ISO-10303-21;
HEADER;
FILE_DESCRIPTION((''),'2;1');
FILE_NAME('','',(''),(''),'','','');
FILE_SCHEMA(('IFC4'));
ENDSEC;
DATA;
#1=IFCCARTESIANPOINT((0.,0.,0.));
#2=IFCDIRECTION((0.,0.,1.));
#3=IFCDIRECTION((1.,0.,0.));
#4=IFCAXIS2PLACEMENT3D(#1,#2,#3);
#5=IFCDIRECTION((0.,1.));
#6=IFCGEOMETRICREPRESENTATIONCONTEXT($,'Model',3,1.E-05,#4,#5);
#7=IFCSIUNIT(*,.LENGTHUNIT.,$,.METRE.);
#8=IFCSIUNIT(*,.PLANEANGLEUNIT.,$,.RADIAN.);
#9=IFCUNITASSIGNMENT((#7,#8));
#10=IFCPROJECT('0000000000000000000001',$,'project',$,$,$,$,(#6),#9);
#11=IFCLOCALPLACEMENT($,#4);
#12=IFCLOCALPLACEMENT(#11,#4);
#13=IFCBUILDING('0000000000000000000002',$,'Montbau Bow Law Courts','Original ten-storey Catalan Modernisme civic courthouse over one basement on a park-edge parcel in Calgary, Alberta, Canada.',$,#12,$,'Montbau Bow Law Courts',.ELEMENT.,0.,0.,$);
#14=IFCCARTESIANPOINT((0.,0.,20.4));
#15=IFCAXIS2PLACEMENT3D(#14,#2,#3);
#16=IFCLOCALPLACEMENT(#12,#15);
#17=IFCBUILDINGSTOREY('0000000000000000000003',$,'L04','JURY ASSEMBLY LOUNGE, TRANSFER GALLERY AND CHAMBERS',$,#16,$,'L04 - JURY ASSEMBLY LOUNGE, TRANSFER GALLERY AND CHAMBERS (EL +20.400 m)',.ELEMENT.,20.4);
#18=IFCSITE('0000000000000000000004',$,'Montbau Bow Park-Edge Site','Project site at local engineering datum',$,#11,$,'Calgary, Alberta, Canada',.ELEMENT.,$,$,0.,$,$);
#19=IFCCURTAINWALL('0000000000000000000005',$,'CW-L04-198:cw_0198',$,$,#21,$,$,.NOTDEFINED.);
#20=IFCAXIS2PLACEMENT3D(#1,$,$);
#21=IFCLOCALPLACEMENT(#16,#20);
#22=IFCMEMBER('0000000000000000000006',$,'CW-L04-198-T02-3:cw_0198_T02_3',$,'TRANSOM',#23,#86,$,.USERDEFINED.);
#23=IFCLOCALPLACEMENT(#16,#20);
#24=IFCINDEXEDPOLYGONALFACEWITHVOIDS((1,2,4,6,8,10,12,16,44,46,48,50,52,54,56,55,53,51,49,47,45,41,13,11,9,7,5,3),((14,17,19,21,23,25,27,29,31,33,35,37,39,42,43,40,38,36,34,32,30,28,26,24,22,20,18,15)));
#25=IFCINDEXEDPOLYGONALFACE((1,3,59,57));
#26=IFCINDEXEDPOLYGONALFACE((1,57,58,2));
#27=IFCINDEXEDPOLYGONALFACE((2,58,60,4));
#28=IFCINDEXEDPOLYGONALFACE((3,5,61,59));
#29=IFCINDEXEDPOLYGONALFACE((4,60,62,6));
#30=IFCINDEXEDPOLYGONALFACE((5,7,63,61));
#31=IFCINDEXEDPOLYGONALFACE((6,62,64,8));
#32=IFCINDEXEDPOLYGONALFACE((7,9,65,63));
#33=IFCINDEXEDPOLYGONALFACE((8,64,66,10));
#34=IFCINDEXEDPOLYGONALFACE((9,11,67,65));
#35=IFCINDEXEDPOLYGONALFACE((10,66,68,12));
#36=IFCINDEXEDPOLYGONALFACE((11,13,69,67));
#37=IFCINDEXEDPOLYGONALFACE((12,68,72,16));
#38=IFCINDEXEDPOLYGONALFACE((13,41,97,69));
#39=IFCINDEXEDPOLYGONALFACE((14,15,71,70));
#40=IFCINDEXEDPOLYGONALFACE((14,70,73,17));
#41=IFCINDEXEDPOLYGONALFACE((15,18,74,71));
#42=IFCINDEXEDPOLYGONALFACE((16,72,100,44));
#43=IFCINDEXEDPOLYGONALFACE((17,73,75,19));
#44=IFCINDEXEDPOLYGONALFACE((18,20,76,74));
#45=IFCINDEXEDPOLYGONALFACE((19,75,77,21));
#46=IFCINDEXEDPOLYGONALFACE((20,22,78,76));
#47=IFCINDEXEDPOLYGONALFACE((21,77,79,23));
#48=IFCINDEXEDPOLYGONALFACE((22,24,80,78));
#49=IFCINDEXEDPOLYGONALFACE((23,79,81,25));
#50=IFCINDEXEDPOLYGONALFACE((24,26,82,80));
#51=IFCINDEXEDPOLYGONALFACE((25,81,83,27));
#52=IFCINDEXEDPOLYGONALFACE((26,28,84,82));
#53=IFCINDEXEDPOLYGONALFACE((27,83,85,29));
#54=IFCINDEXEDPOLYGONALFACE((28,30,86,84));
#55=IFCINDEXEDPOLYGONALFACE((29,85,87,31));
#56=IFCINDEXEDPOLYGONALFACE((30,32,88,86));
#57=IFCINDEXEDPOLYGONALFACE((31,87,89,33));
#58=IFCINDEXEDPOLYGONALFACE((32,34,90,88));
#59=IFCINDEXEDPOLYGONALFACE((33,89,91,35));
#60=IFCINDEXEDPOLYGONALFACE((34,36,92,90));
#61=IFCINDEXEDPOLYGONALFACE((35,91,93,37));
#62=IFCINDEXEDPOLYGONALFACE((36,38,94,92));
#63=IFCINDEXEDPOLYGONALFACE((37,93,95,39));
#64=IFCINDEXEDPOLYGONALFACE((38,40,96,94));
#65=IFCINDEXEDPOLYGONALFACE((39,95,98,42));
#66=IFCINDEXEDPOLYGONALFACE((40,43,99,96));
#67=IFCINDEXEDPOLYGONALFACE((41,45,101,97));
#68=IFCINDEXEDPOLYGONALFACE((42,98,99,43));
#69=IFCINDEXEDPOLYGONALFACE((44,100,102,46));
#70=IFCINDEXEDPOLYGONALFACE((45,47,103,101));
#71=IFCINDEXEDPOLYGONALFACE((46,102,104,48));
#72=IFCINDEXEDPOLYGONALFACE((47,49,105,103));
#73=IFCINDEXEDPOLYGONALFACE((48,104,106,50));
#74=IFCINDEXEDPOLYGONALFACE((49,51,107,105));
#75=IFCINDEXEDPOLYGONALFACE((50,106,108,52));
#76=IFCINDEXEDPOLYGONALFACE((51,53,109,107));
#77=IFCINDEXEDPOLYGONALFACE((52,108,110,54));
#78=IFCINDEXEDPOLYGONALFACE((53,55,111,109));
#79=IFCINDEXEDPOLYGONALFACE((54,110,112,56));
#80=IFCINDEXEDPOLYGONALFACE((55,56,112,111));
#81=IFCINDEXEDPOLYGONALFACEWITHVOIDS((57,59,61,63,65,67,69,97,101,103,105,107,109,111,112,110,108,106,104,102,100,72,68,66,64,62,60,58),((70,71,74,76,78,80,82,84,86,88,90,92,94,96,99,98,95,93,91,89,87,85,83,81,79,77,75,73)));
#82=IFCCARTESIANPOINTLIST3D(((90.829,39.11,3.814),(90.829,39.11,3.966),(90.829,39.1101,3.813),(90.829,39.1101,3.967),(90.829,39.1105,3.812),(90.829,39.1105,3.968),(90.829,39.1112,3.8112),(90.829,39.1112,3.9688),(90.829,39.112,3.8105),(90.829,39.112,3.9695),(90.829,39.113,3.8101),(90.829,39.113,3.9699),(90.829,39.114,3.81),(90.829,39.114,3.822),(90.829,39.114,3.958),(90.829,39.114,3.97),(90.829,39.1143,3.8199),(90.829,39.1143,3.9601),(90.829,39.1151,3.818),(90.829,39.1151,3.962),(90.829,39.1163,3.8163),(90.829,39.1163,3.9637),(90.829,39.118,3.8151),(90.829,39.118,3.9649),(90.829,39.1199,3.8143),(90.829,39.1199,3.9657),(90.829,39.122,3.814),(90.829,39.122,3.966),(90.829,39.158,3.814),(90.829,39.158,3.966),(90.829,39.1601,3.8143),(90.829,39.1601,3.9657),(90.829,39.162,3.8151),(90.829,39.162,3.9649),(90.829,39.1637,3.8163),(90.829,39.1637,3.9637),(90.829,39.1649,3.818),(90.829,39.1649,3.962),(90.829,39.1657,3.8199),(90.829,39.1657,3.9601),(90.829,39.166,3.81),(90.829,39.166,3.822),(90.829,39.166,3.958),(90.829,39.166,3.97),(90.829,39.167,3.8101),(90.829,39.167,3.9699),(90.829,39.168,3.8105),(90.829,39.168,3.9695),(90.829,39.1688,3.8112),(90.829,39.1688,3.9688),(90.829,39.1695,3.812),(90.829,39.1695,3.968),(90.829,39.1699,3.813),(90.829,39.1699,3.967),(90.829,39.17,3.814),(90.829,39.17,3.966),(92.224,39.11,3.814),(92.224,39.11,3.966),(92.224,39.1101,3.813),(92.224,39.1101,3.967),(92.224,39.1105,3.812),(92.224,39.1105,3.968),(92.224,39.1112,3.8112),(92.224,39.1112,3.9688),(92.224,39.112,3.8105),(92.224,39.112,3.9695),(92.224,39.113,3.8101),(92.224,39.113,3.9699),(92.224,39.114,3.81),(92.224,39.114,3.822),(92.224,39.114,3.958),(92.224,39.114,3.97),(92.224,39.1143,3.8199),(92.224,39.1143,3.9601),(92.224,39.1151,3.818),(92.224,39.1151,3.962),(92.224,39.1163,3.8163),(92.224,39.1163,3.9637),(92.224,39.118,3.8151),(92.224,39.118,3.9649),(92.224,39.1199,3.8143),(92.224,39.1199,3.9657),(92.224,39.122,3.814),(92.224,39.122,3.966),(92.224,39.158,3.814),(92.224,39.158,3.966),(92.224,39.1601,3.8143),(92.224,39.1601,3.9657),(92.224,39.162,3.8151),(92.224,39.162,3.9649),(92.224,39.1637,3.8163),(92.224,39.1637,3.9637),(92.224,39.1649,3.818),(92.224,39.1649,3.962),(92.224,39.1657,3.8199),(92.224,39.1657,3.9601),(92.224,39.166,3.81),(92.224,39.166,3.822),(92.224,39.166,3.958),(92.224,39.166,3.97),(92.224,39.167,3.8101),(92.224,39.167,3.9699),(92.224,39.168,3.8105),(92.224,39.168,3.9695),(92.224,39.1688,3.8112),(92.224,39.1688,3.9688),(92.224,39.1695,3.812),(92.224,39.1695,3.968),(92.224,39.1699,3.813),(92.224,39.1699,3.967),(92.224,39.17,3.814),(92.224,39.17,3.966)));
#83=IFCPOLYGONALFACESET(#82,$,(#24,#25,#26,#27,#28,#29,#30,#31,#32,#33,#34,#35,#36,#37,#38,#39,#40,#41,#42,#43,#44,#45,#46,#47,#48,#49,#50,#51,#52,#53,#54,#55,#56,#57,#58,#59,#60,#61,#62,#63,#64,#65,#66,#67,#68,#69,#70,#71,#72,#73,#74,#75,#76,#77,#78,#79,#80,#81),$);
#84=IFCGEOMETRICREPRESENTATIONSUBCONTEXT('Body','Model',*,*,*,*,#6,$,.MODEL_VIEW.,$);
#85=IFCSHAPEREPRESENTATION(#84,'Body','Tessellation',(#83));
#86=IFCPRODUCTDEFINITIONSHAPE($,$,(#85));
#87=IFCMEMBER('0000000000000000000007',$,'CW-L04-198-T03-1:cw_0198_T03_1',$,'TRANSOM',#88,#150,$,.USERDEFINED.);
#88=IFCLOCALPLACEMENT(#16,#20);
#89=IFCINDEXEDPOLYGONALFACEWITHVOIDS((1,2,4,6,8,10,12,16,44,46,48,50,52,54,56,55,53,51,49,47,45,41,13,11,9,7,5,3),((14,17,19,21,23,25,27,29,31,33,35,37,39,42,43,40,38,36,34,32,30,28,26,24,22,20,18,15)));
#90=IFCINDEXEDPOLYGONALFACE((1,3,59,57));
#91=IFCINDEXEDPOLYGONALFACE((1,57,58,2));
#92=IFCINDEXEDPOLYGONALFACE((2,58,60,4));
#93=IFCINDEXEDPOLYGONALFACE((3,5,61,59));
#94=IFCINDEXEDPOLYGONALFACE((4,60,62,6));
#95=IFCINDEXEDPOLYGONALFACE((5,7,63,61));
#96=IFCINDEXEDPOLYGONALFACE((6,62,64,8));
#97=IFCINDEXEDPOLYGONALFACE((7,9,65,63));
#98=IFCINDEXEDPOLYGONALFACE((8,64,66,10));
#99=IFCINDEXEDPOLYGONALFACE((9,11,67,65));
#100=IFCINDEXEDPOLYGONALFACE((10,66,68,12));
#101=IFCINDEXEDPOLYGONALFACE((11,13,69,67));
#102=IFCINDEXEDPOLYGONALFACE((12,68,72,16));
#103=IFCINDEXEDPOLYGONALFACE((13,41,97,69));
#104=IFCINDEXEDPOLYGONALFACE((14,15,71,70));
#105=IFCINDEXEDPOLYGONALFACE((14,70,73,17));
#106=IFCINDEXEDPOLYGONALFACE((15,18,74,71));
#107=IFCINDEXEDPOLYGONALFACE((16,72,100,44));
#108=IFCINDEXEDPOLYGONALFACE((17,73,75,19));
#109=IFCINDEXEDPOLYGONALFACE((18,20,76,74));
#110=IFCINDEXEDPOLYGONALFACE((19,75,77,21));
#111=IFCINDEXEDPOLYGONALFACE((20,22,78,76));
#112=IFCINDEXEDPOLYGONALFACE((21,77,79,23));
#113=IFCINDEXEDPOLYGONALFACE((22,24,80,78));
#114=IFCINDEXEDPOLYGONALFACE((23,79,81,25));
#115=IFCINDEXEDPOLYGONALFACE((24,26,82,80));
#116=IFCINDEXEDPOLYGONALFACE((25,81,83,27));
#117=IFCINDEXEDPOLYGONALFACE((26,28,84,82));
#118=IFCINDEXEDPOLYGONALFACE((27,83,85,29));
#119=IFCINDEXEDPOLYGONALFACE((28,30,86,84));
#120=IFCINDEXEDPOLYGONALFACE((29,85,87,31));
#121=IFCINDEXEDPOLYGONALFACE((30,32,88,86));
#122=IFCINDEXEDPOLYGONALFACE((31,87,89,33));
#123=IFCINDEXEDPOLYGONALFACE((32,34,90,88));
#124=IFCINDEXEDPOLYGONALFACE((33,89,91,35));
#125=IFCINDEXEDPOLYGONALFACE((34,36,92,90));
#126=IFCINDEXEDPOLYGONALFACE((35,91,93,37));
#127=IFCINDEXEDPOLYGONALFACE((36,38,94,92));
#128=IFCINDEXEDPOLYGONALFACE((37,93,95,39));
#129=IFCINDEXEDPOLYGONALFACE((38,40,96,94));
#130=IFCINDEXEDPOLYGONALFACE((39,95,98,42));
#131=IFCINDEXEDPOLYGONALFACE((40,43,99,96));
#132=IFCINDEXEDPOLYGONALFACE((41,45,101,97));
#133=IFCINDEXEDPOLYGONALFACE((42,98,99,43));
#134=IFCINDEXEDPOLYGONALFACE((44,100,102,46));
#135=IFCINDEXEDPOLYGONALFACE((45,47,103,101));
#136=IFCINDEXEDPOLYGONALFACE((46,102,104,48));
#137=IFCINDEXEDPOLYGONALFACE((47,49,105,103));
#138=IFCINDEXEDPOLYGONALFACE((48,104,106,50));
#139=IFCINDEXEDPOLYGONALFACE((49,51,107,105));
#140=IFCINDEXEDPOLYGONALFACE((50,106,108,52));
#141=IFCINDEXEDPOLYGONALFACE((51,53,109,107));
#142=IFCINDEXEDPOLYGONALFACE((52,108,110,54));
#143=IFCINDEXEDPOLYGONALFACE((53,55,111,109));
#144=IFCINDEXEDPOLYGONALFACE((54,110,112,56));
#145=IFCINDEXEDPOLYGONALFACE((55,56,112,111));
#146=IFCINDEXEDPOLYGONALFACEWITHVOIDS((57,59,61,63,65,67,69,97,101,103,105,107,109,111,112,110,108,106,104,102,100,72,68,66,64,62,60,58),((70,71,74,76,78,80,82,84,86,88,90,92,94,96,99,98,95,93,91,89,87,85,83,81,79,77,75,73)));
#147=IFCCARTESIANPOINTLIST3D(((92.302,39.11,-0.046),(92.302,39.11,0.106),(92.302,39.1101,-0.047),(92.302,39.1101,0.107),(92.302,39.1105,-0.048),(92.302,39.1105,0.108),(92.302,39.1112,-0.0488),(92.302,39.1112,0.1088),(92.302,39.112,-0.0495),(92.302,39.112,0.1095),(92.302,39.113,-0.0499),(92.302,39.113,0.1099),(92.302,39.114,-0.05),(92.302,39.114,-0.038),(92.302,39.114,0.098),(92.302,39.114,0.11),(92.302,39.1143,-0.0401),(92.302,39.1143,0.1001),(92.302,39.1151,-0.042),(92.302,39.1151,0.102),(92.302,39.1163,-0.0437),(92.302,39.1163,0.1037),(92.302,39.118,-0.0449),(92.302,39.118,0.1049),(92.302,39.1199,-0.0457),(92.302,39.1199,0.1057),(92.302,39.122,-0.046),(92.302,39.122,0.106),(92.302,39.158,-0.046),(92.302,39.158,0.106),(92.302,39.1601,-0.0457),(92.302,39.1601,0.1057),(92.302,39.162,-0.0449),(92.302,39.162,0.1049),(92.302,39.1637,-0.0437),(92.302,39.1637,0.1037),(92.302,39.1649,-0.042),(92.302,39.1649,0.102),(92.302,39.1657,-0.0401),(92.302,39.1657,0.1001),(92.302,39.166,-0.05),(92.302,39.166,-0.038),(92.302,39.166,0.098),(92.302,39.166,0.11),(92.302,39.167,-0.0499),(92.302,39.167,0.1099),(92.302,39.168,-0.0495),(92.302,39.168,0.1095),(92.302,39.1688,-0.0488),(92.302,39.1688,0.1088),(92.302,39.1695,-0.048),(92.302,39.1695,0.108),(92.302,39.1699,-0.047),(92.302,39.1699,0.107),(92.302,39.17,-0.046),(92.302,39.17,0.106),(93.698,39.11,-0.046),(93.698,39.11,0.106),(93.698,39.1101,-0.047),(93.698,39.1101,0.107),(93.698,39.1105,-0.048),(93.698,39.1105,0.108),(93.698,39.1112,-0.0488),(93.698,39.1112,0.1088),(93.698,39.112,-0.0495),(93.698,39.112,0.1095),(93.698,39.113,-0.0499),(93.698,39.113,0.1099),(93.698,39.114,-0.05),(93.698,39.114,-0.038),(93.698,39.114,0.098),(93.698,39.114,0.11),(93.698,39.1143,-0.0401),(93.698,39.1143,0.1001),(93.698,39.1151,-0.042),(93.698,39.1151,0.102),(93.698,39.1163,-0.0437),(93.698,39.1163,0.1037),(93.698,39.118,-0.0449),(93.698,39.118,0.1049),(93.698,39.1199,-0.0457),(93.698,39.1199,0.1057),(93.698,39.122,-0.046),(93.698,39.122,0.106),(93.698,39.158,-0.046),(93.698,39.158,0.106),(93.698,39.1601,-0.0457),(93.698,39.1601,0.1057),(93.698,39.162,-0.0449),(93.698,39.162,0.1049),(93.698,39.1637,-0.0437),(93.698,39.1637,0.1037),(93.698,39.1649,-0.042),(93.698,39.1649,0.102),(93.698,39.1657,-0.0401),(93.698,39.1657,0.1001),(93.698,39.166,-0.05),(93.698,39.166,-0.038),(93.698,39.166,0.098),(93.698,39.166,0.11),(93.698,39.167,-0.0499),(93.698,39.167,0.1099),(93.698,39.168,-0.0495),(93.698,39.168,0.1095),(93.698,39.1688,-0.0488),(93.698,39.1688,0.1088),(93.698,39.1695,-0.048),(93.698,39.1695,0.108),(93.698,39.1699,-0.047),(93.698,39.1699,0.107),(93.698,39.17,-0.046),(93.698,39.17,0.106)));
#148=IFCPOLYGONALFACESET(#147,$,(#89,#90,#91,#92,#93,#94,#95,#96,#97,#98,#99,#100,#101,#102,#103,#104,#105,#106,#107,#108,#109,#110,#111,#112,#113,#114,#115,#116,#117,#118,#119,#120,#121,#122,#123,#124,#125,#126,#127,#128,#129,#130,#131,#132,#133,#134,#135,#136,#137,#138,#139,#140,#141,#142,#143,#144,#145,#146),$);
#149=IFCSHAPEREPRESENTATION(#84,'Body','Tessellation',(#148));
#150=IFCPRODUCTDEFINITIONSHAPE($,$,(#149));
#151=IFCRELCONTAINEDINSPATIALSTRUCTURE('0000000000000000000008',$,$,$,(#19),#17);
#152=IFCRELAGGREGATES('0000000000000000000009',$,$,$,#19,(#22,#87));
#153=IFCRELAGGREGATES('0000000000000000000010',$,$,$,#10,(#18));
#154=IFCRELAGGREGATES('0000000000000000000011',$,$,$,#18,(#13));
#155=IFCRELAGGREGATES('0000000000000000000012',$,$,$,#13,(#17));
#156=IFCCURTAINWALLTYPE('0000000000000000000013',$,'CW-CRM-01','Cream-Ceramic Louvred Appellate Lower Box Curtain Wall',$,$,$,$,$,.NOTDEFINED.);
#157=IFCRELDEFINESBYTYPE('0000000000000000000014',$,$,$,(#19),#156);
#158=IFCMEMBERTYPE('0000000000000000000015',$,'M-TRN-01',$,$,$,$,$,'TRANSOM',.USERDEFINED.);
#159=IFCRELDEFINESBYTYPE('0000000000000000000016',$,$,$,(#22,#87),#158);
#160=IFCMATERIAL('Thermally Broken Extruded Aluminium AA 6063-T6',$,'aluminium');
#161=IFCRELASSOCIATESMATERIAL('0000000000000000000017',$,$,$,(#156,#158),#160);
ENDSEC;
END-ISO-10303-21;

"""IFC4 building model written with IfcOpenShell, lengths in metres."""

from ifc_helpers import new_model, si_unit, direction, frame, origin_with_axes, origin_2d_with_axis, place, context, subcontext, project, spatial, hollow_rectangle, extrude, material, material_profile, profile_set, type_object, element, aggregate, save


model = new_model("IFC4")

# Units and contexts
model_context = context("Model", 3, precision=1e-05, world=origin_with_axes(), true_north=direction((0.0, 1.0)))
body_context = subcontext(model_context, "Body", "Model", "MODEL_VIEW")
ifc_project = project(units=[si_unit("LENGTHUNIT", "METRE"), si_unit("PLANEANGLEUNIT", "RADIAN")], contexts=[model_context])

# Site, building, storey
site_placement = place(None, origin_with_axes())
site = spatial("IfcSite", under=ifc_project, at=site_placement, Name="Montbau Bow Park-Edge Site", Description="Project site at local engineering datum", LongName="Calgary, Alberta, Canada", CompositionType="ELEMENT", RefElevation=0.0)
building_placement = place(site_placement, origin_with_axes())
building = spatial("IfcBuilding", under=site, at=building_placement, Name="Montbau Bow Law Courts", Description="Original ten-storey Catalan Modernisme civic courthouse over one basement on a park-edge parcel in Calgary, Alberta, Canada.", LongName="Montbau Bow Law Courts", CompositionType="ELEMENT", ElevationOfRefHeight=0.0, ElevationOfTerrain=0.0)
storey_placement = place(building_placement, frame((0.0, 0.0, 20.4), z_axis=(0.0, 0.0, 1.0), x_axis=(1.0, 0.0, 0.0)))
storey = spatial("IfcBuildingStorey", under=building, at=storey_placement, Name="L04", Description="JURY ASSEMBLY LOUNGE, TRANSFER GALLERY AND CHAMBERS", LongName="L04 - JURY ASSEMBLY LOUNGE, TRANSFER GALLERY AND CHAMBERS (EL +20.400 m)", CompositionType="ELEMENT", Elevation=20.4)

# Curtain wall, members
ifc_material_1 = material(Name="Thermally Broken Extruded Aluminium AA 6063-T6", Category="aluminium")
curtain_wall_type = type_object("IfcCurtainWallType", Name="CW-CRM-01", Description="Cream-Ceramic Louvred Appellate Lower Box Curtain Wall", PredefinedType="NOTDEFINED", material=ifc_material_1)
curtain_wall_placement = place(None, frame((89.315, 39.14, 20.4), z_axis=(0.0, 0.0, 1.0), x_axis=(1.0, 0.0, 0.0)))
curtain_wall = element("IfcCurtainWall", 1, at=curtain_wall_placement, inside=storey, type_object=curtain_wall_type, Name="CW-L04-198:cw_0198", PredefinedType="NOTDEFINED")
ifc_material_profile_1 = material_profile(ifc_material_1, hollow_rectangle(XDim=0.06, YDim=0.16, WallThickness=0.004, InnerFilletRadius=0.008, OuterFilletRadius=0.004, at=origin_2d_with_axis()), Name="CWT-160X60", Category="Main", Priority=0)
ifc_profile_set_1 = profile_set([ifc_material_profile_1], Name="Thermally Broken Extruded Aluminium AA 6063-T6")
member_type_1 = type_object("IfcMemberType", Name="M-TRN-01", ElementType="TRANSOM", PredefinedType="USERDEFINED", material=ifc_profile_set_1)
member_1_placement = place(None, frame((90.829, 39.14, 24.29), z_axis=(1.0, 0.0, 0.0), x_axis=(0.0, 1.0, 0.0)))
member_1 = element("IfcMember", 2, at=member_1_placement, type_object=member_type_1, Name="CW-L04-198-T02-3:cw_0198_T02_3", ObjectType="TRANSOM", PredefinedType="USERDEFINED", context=body_context, shape_type="SweptSolid", body=[
    extrude(hollow_rectangle(XDim=0.06, YDim=0.16, WallThickness=0.004, InnerFilletRadius=0.008, OuterFilletRadius=0.004, at=origin_2d_with_axis()), origin_with_axes(), (0.0, 0.0, 1.0), 1.395),
])
member_2_placement = place(None, frame((92.302, 39.14, 20.43), z_axis=(1.0, 0.0, 0.0), x_axis=(0.0, 1.0, 0.0)))
member_2 = element("IfcMember", 3, at=member_2_placement, type_object=member_type_1, Name="CW-L04-198-T03-1:cw_0198_T03_1", ObjectType="TRANSOM", PredefinedType="USERDEFINED", context=body_context, shape_type="SweptSolid", body=[
    extrude(hollow_rectangle(XDim=0.06, YDim=0.16, WallThickness=0.004, InnerFilletRadius=0.008, OuterFilletRadius=0.004, at=origin_2d_with_axis()), origin_with_axes(), (0.0, 0.0, 1.0), 1.396),
])
aggregate(curtain_wall, [member_1, member_2])

save(model, "model.ifc")
